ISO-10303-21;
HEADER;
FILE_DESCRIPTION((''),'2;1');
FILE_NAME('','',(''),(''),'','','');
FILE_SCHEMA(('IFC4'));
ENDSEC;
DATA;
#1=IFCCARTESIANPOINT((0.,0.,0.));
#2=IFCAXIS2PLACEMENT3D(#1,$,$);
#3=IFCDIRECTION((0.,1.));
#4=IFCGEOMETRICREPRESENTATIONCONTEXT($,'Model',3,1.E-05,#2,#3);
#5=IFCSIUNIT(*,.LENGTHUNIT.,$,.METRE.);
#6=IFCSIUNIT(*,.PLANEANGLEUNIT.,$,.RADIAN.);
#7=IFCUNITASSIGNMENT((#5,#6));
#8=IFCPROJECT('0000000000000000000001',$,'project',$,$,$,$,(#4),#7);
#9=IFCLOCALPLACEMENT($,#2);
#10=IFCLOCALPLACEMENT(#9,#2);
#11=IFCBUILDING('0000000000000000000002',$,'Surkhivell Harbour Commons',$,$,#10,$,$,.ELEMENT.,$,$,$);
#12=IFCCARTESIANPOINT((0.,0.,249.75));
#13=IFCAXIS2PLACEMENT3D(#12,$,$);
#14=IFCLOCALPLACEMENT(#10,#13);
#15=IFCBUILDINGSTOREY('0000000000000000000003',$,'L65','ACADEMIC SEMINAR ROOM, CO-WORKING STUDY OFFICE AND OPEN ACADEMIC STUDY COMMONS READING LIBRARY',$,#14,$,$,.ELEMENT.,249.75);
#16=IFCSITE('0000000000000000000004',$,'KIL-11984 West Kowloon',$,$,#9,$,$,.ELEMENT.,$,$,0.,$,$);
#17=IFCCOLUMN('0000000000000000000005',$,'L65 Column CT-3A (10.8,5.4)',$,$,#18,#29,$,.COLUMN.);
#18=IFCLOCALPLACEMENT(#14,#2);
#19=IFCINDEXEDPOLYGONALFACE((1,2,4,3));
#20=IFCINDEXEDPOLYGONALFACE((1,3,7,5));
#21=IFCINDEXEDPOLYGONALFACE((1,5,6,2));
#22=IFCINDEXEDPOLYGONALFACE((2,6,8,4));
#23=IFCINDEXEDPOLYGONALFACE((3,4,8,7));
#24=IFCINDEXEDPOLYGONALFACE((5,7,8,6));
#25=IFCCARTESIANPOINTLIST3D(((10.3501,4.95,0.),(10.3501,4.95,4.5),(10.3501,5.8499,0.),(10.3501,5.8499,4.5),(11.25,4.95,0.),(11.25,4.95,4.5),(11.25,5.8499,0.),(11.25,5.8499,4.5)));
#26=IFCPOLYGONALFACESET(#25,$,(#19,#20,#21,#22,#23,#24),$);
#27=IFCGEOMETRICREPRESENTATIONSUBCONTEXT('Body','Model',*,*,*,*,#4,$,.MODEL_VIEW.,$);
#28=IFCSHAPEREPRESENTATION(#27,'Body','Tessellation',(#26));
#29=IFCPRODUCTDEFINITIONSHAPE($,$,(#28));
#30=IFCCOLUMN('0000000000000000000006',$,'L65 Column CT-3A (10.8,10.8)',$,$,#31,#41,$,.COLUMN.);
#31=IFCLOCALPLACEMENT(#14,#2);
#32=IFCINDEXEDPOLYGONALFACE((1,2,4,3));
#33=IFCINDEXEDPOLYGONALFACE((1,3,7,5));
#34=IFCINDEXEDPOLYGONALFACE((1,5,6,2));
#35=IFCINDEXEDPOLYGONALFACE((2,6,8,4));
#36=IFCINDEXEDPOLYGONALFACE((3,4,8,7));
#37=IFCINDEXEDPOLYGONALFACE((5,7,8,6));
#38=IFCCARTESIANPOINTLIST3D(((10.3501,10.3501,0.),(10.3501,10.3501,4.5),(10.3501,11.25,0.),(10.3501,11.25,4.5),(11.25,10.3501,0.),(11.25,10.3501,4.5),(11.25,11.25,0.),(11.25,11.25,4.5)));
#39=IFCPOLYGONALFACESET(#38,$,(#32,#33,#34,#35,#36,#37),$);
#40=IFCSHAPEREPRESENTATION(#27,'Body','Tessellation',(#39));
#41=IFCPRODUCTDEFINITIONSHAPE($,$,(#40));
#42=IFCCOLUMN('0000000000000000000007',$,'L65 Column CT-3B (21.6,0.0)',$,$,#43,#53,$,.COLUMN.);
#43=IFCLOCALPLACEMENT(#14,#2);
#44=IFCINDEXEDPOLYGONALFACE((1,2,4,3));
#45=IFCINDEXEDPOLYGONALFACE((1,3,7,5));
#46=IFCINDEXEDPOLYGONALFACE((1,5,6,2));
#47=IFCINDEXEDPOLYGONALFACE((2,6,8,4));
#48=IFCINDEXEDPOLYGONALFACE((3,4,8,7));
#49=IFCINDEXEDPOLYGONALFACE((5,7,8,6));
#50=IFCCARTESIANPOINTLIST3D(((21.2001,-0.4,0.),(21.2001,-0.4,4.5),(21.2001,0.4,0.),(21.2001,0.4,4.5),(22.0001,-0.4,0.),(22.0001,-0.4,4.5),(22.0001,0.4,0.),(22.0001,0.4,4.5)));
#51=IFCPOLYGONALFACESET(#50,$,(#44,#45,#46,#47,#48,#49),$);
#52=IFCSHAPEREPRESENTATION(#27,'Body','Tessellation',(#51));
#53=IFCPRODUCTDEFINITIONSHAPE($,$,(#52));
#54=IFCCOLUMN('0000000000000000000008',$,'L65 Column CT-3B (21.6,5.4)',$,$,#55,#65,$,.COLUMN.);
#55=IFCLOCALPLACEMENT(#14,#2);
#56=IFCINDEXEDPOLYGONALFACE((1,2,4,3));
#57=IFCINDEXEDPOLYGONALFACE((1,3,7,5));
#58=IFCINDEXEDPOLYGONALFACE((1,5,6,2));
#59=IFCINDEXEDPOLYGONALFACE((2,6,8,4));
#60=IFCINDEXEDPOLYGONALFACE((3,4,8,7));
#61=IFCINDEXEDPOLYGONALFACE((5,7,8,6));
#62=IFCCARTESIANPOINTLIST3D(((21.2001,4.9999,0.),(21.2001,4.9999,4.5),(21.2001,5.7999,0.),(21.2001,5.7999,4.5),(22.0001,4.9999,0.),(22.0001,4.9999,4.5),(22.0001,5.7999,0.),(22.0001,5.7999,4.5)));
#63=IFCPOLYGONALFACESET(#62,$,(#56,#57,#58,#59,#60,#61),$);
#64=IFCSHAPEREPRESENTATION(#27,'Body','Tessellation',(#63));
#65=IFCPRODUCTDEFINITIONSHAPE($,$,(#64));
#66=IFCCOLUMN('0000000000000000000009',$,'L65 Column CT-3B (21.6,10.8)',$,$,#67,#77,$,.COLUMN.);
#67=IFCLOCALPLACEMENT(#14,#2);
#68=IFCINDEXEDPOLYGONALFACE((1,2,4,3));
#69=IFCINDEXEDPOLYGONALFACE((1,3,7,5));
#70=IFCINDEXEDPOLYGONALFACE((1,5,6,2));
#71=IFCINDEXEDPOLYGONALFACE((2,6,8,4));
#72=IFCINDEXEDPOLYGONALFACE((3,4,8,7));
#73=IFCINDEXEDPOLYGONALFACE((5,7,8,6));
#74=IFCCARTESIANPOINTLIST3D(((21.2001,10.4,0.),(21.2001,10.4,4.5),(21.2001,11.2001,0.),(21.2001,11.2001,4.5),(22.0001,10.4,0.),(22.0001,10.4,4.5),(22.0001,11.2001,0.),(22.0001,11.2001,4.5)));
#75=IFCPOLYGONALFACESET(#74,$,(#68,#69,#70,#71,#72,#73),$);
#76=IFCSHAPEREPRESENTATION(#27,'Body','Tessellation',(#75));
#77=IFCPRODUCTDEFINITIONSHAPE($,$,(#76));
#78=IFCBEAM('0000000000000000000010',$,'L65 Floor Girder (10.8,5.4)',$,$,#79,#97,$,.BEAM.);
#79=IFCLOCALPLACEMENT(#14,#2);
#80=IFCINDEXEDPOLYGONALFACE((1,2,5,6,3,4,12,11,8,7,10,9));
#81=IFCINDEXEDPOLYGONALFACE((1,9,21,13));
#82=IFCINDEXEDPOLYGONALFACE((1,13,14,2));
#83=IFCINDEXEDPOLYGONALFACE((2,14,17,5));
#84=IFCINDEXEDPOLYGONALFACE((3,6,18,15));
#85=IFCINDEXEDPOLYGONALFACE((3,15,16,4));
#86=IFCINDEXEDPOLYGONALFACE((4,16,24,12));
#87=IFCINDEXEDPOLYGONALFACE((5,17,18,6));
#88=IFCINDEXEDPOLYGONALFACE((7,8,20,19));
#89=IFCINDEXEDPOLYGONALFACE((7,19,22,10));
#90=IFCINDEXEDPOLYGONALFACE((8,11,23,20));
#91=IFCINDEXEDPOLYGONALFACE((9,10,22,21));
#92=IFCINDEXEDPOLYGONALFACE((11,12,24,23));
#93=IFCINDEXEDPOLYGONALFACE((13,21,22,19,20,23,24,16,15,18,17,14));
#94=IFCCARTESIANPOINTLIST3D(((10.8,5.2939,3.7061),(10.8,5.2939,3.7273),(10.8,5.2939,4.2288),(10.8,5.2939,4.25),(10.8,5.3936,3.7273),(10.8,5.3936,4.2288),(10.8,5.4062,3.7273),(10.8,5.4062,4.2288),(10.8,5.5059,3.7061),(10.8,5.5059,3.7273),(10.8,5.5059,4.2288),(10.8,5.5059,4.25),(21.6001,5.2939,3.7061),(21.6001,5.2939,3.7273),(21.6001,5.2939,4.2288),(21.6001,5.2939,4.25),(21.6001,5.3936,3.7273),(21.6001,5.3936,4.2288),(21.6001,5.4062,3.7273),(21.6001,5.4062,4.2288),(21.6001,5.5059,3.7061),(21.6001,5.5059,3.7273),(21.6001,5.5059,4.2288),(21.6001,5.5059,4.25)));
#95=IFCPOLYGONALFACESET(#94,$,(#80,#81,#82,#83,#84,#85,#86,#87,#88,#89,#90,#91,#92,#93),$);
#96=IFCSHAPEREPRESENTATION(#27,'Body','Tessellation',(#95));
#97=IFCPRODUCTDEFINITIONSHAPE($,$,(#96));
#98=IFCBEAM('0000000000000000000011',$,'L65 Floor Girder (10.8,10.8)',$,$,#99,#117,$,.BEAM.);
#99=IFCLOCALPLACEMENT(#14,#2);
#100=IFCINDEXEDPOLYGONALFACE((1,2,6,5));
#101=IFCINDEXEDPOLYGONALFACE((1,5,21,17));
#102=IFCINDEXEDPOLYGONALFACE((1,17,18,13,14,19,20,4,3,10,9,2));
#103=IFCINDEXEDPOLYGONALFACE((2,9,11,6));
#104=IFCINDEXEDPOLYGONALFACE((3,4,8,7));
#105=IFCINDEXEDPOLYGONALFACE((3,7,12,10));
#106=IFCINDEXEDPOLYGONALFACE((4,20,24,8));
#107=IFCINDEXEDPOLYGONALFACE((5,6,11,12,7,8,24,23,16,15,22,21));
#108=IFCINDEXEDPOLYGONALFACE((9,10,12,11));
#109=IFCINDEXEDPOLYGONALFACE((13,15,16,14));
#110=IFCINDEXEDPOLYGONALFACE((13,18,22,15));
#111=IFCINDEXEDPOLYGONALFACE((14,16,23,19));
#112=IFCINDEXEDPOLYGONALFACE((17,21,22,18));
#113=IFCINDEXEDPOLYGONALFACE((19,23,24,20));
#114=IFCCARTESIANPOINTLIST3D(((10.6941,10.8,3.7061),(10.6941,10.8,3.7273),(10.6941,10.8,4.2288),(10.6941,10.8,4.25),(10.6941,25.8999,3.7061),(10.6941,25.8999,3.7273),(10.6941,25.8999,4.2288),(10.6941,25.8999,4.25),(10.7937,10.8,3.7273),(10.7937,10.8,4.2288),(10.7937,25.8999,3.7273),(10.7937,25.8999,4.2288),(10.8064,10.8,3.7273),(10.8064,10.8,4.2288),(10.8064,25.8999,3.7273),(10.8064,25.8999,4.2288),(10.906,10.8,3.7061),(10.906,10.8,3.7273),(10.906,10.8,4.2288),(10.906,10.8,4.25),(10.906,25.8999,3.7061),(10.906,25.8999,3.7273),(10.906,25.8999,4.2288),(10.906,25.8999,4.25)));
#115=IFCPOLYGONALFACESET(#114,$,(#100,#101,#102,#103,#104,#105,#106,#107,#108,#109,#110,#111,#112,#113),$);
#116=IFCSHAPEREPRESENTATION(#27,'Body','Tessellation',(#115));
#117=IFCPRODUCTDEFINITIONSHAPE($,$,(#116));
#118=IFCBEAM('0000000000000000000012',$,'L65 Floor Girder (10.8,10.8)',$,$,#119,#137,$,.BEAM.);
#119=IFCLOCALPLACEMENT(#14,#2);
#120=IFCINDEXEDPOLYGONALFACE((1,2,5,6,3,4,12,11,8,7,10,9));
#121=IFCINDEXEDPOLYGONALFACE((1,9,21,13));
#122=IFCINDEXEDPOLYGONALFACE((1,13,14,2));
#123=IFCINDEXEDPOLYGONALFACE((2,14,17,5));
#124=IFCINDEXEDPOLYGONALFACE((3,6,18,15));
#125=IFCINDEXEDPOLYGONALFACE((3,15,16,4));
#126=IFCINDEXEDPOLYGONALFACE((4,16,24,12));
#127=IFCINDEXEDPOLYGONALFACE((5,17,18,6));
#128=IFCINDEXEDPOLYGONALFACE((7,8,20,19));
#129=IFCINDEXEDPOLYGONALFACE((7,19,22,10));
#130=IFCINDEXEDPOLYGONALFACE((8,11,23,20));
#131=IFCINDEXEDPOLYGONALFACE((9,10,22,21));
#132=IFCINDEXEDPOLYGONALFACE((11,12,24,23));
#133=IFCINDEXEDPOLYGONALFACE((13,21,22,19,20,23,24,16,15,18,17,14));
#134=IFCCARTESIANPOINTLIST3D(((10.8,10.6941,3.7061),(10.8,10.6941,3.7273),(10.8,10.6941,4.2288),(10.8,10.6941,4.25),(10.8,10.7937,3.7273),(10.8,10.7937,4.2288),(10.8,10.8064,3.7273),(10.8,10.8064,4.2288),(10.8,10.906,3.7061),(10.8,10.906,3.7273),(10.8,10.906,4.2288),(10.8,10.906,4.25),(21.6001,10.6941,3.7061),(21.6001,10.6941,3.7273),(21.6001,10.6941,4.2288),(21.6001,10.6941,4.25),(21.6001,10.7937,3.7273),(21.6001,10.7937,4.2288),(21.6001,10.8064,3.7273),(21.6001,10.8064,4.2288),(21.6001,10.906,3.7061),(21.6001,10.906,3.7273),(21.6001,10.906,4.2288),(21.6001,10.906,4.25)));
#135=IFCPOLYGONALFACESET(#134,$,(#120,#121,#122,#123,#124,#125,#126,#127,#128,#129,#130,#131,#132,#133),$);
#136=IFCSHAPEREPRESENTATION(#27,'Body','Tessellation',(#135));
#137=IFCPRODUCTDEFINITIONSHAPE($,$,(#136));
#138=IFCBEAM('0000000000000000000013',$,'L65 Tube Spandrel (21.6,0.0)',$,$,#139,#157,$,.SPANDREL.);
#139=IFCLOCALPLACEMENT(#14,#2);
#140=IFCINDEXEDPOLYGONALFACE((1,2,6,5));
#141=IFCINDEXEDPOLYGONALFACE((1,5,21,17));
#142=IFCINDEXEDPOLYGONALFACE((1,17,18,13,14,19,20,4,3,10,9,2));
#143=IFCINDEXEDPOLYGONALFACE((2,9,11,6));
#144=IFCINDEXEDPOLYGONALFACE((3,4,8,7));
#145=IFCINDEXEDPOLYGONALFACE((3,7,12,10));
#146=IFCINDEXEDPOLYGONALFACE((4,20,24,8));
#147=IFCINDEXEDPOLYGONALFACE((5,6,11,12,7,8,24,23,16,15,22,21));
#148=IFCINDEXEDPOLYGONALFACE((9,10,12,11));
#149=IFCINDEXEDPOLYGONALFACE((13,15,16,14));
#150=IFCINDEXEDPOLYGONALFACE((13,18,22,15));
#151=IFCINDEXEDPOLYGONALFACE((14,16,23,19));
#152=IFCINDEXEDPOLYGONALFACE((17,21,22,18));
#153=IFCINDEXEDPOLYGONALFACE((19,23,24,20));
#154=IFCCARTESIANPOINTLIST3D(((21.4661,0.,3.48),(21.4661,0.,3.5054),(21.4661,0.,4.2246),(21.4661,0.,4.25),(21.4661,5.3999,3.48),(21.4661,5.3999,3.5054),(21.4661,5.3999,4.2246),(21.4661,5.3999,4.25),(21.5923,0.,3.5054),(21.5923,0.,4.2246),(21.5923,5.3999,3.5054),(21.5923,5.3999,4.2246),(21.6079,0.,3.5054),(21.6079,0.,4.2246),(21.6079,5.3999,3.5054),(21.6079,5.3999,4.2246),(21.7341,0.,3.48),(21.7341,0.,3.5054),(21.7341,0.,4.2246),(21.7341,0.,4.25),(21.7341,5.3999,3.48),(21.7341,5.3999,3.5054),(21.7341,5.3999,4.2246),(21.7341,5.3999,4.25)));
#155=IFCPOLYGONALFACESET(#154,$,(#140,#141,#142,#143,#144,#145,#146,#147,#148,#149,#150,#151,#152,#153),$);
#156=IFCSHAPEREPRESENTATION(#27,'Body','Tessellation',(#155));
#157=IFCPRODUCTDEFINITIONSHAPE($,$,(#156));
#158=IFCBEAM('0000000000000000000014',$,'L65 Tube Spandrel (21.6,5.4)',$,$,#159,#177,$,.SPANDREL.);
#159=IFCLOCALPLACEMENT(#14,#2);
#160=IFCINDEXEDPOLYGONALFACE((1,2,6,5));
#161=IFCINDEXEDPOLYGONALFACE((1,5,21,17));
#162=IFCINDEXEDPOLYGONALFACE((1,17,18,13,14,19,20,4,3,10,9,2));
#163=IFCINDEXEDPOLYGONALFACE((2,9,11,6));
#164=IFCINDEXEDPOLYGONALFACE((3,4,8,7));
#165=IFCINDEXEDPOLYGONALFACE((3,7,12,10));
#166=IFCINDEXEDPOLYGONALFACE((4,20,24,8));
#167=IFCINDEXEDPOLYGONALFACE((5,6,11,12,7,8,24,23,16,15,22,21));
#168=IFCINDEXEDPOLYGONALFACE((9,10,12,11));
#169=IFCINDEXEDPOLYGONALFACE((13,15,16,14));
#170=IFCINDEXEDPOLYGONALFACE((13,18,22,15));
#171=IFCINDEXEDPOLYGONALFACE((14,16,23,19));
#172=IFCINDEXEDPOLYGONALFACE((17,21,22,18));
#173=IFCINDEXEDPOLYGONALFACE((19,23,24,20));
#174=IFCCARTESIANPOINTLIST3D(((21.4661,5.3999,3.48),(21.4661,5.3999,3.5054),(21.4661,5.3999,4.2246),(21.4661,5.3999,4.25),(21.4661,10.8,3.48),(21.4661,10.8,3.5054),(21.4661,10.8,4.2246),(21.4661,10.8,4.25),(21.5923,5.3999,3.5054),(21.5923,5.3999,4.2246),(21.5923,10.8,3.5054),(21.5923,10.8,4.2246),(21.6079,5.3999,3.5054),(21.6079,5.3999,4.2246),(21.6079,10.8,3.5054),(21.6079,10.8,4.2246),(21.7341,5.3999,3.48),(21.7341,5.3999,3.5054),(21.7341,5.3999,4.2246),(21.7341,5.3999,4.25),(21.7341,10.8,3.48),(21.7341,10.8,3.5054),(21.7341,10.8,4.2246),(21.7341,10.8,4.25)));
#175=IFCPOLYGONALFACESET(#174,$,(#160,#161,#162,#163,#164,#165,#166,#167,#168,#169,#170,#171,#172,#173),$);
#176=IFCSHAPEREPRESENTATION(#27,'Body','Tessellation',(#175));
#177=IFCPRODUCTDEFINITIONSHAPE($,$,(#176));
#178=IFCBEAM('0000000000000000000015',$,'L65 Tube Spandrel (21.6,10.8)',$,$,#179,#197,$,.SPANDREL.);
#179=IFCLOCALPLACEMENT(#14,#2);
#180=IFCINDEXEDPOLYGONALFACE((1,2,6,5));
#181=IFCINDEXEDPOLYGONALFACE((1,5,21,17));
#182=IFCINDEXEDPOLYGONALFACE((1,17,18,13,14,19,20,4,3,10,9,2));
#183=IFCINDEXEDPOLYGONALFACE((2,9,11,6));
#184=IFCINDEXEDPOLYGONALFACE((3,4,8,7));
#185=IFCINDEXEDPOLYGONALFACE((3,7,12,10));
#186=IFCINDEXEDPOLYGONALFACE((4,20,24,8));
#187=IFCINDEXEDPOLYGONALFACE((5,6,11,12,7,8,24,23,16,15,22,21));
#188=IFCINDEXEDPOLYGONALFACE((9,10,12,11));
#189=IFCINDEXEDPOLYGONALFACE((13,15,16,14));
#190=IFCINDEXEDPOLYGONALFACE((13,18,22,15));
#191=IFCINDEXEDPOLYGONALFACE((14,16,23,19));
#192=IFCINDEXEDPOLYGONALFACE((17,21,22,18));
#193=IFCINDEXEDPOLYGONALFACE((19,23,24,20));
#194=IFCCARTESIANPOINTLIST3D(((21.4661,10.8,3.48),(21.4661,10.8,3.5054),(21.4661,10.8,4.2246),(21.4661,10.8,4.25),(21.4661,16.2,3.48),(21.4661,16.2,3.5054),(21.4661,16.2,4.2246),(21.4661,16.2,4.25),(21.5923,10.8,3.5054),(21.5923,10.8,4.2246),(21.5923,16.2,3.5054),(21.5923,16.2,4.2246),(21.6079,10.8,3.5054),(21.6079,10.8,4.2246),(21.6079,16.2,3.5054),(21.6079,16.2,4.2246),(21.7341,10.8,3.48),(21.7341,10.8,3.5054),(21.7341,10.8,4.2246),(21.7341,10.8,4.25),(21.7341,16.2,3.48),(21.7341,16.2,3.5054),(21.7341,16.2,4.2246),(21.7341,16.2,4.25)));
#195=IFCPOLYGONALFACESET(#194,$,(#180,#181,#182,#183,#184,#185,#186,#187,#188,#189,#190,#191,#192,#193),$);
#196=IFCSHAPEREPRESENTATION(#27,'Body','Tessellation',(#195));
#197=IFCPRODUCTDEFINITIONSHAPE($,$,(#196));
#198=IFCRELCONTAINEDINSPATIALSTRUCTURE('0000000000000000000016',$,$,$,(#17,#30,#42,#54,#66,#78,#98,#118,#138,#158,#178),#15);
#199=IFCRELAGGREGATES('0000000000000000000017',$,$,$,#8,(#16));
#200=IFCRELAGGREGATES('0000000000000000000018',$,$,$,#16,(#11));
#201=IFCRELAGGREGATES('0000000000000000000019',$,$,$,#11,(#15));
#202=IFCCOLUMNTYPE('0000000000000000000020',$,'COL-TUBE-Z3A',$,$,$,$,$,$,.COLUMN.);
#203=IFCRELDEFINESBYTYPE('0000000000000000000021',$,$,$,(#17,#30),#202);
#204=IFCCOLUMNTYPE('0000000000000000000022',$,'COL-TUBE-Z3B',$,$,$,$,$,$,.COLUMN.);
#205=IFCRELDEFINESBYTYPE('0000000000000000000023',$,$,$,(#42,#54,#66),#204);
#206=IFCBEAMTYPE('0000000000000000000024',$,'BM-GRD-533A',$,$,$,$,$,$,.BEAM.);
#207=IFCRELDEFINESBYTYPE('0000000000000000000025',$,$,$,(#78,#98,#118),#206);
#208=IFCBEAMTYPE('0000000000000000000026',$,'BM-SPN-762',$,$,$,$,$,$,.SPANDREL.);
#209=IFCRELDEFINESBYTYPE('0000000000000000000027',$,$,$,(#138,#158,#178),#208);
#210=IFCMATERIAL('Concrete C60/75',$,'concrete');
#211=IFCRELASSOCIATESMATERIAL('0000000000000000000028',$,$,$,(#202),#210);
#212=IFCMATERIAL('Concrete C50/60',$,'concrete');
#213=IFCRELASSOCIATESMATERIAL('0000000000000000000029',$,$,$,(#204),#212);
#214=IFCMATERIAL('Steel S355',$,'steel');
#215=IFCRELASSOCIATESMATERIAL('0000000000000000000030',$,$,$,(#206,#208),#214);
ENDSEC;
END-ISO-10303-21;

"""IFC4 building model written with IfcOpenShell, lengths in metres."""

from ifc_helpers import new_model, si_unit, direction, frame, origin, origin_2d, place, context, subcontext, project, spatial, rectangle, i_section, extrude, material, material_profile, profile_set, type_object, element, save


model = new_model("IFC4")

# Units and contexts
model_context = context("Model", 3, precision=1e-05, world=origin(), true_north=direction((0.0, 1.0)))
body_context = subcontext(model_context, "Body", "Model", "MODEL_VIEW")
ifc_project = project(units=[si_unit("LENGTHUNIT", "METRE"), si_unit("PLANEANGLEUNIT", "RADIAN")], contexts=[model_context])

# Site, building, storey
site_placement = place(None, origin())
site = spatial("IfcSite", under=ifc_project, at=site_placement, Name="KIL-11984 West Kowloon", CompositionType="ELEMENT", RefElevation=0.0)
building_placement = place(site_placement, origin())
building = spatial("IfcBuilding", under=site, at=building_placement, Name="Surkhivell Harbour Commons", CompositionType="ELEMENT")
storey_placement = place(building_placement, frame((0.0, 0.0, 249.75)))
storey = spatial("IfcBuildingStorey", under=building, at=storey_placement, Name="L65", Description="ACADEMIC SEMINAR ROOM, CO-WORKING STUDY OFFICE AND OPEN ACADEMIC STUDY COMMONS READING LIBRARY", CompositionType="ELEMENT", Elevation=249.75)

# Columns
ifc_material_1 = material(Name="Concrete C60/75", Category="concrete")
ifc_material_profile_1 = material_profile(ifc_material_1, rectangle(XDim=0.8999, YDim=0.8999, at=origin_2d()), Name="RC-COL-900x900")
ifc_profile_set_1 = profile_set([ifc_material_profile_1], Name="Concrete C60/75")
column_type_1 = type_object("IfcColumnType", Name="COL-TUBE-Z3A", PredefinedType="COLUMN", material=ifc_profile_set_1)
for number, where, z_axis, x_axis, name in (
    (1, (10.8, 5.3999, 0.0), (0.0, 0.0, 1.0), (1.0, 0.0, 0.0), "L65 Column CT-3A (10.8,5.4)"),
    (2, (10.8, 10.8, 0.0), (0.0, 0.0, 1.0), (1.0, 0.0, 0.0), "L65 Column CT-3A (10.8,10.8)"),
):
    element("IfcColumn", number, at=place(storey_placement, frame(where, z_axis=z_axis, x_axis=x_axis)), inside=storey, type_object=column_type_1, Name=name, PredefinedType="COLUMN", context=body_context, shape_type="SweptSolid", body=[
        extrude(rectangle(XDim=0.8999, YDim=0.8999, at=origin_2d()), origin(), (0.0, 0.0, 1.0), 4.5),
    ])
ifc_material_2 = material(Name="Concrete C50/60", Category="concrete")
ifc_material_profile_2 = material_profile(ifc_material_2, rectangle(XDim=0.8, YDim=0.8, at=origin_2d()), Name="RC-COL-800x800")
ifc_profile_set_2 = profile_set([ifc_material_profile_2], Name="Concrete C50/60")
column_type_2 = type_object("IfcColumnType", Name="COL-TUBE-Z3B", PredefinedType="COLUMN", material=ifc_profile_set_2)
for number, where, z_axis, x_axis, name in (
    (3, (21.6001, 0.0, 0.0), (0.0, 0.0, 1.0), (1.0, 0.0, 0.0), "L65 Column CT-3B (21.6,0.0)"),
    (4, (21.6001, 5.3999, 0.0), (0.0, 0.0, 1.0), (1.0, 0.0, 0.0), "L65 Column CT-3B (21.6,5.4)"),
    (5, (21.6001, 10.8, 0.0), (0.0, 0.0, 1.0), (1.0, 0.0, 0.0), "L65 Column CT-3B (21.6,10.8)"),
):
    element("IfcColumn", number, at=place(storey_placement, frame(where, z_axis=z_axis, x_axis=x_axis)), inside=storey, type_object=column_type_2, Name=name, PredefinedType="COLUMN", context=body_context, shape_type="SweptSolid", body=[
        extrude(rectangle(XDim=0.8, YDim=0.8, at=origin_2d()), origin(), (0.0, 0.0, 1.0), 4.5),
    ])

# Beams
ifc_material_3 = material(Name="Steel S355", Category="steel")
ifc_material_profile_3 = material_profile(ifc_material_3, i_section(OverallWidth=0.2119, OverallDepth=0.5439, WebThickness=0.0127, FlangeThickness=0.0212, at=origin_2d()), Name="UB533x210x122")
ifc_profile_set_3 = profile_set([ifc_material_profile_3], Name="Steel S355")
beam_type_1 = type_object("IfcBeamType", Name="BM-GRD-533A", PredefinedType="BEAM", material=ifc_profile_set_3)
beam_1_placement = place(storey_placement, frame((10.8, 5.3999, 3.978), z_axis=(1.0, 0.0, 0.0), x_axis=(0.0, 1.0, 0.0)))
element("IfcBeam", 6, at=beam_1_placement, inside=storey, type_object=beam_type_1, Name="L65 Floor Girder (10.8,5.4)", PredefinedType="BEAM", context=body_context, shape_type="SweptSolid", body=[
    extrude(i_section(OverallWidth=0.2119, OverallDepth=0.5439, WebThickness=0.0127, FlangeThickness=0.0212, at=origin_2d()), origin(), (0.0, 0.0, 1.0), 10.8),
])
beam_2_placement = place(storey_placement, frame((10.8, 10.8, 3.978), z_axis=(0.0, 1.0, 0.0), x_axis=(-1.0, 0.0, 0.0)))
element("IfcBeam", 7, at=beam_2_placement, inside=storey, type_object=beam_type_1, Name="L65 Floor Girder (10.8,10.8)", PredefinedType="BEAM", context=body_context, shape_type="SweptSolid", body=[
    extrude(i_section(OverallWidth=0.2119, OverallDepth=0.5439, WebThickness=0.0127, FlangeThickness=0.0212, at=origin_2d()), origin(), (0.0, 0.0, 1.0), 15.0999),
])
beam_3_placement = place(storey_placement, frame((10.8, 10.8, 3.978), z_axis=(1.0, 0.0, 0.0), x_axis=(0.0, 1.0, 0.0)))
element("IfcBeam", 8, at=beam_3_placement, inside=storey, type_object=beam_type_1, Name="L65 Floor Girder (10.8,10.8)", PredefinedType="BEAM", context=body_context, shape_type="SweptSolid", body=[
    extrude(i_section(OverallWidth=0.2119, OverallDepth=0.5439, WebThickness=0.0127, FlangeThickness=0.0212, at=origin_2d()), origin(), (0.0, 0.0, 1.0), 10.8),
])
ifc_material_profile_4 = material_profile(ifc_material_3, i_section(OverallWidth=0.2681, OverallDepth=0.77, WebThickness=0.0156, FlangeThickness=0.0254, at=origin_2d()), Name="UB762x267x197")
ifc_profile_set_4 = profile_set([ifc_material_profile_4], Name="Steel S355")
beam_type_2 = type_object("IfcBeamType", Name="BM-SPN-762", PredefinedType="SPANDREL", material=ifc_profile_set_4)
beam_4_placement = place(storey_placement, frame((21.6001, 0.0, 3.865), z_axis=(0.0, 1.0, 0.0), x_axis=(-1.0, 0.0, 0.0)))
element("IfcBeam", 9, at=beam_4_placement, inside=storey, type_object=beam_type_2, Name="L65 Tube Spandrel (21.6,0.0)", PredefinedType="SPANDREL", context=body_context, shape_type="SweptSolid", body=[
    extrude(i_section(OverallWidth=0.2681, OverallDepth=0.77, WebThickness=0.0156, FlangeThickness=0.0254, at=origin_2d()), origin(), (0.0, 0.0, 1.0), 5.3999),
])
beam_5_placement = place(storey_placement, frame((21.6001, 5.3999, 3.865), z_axis=(0.0, 1.0, 0.0), x_axis=(-1.0, 0.0, 0.0)))
element("IfcBeam", 10, at=beam_5_placement, inside=storey, type_object=beam_type_2, Name="L65 Tube Spandrel (21.6,5.4)", PredefinedType="SPANDREL", context=body_context, shape_type="SweptSolid", body=[
    extrude(i_section(OverallWidth=0.2681, OverallDepth=0.77, WebThickness=0.0156, FlangeThickness=0.0254, at=origin_2d()), origin(), (0.0, 0.0, 1.0), 5.4001),
])
beam_6_placement = place(storey_placement, frame((21.6001, 10.8, 3.865), z_axis=(0.0, 1.0, 0.0), x_axis=(-1.0, 0.0, 0.0)))
element("IfcBeam", 11, at=beam_6_placement, inside=storey, type_object=beam_type_2, Name="L65 Tube Spandrel (21.6,10.8)", PredefinedType="SPANDREL", context=body_context, shape_type="SweptSolid", body=[
    extrude(i_section(OverallWidth=0.2681, OverallDepth=0.77, WebThickness=0.0156, FlangeThickness=0.0254, at=origin_2d()), origin(), (0.0, 0.0, 1.0), 5.3999),
])

save(model, "model.ifc")
